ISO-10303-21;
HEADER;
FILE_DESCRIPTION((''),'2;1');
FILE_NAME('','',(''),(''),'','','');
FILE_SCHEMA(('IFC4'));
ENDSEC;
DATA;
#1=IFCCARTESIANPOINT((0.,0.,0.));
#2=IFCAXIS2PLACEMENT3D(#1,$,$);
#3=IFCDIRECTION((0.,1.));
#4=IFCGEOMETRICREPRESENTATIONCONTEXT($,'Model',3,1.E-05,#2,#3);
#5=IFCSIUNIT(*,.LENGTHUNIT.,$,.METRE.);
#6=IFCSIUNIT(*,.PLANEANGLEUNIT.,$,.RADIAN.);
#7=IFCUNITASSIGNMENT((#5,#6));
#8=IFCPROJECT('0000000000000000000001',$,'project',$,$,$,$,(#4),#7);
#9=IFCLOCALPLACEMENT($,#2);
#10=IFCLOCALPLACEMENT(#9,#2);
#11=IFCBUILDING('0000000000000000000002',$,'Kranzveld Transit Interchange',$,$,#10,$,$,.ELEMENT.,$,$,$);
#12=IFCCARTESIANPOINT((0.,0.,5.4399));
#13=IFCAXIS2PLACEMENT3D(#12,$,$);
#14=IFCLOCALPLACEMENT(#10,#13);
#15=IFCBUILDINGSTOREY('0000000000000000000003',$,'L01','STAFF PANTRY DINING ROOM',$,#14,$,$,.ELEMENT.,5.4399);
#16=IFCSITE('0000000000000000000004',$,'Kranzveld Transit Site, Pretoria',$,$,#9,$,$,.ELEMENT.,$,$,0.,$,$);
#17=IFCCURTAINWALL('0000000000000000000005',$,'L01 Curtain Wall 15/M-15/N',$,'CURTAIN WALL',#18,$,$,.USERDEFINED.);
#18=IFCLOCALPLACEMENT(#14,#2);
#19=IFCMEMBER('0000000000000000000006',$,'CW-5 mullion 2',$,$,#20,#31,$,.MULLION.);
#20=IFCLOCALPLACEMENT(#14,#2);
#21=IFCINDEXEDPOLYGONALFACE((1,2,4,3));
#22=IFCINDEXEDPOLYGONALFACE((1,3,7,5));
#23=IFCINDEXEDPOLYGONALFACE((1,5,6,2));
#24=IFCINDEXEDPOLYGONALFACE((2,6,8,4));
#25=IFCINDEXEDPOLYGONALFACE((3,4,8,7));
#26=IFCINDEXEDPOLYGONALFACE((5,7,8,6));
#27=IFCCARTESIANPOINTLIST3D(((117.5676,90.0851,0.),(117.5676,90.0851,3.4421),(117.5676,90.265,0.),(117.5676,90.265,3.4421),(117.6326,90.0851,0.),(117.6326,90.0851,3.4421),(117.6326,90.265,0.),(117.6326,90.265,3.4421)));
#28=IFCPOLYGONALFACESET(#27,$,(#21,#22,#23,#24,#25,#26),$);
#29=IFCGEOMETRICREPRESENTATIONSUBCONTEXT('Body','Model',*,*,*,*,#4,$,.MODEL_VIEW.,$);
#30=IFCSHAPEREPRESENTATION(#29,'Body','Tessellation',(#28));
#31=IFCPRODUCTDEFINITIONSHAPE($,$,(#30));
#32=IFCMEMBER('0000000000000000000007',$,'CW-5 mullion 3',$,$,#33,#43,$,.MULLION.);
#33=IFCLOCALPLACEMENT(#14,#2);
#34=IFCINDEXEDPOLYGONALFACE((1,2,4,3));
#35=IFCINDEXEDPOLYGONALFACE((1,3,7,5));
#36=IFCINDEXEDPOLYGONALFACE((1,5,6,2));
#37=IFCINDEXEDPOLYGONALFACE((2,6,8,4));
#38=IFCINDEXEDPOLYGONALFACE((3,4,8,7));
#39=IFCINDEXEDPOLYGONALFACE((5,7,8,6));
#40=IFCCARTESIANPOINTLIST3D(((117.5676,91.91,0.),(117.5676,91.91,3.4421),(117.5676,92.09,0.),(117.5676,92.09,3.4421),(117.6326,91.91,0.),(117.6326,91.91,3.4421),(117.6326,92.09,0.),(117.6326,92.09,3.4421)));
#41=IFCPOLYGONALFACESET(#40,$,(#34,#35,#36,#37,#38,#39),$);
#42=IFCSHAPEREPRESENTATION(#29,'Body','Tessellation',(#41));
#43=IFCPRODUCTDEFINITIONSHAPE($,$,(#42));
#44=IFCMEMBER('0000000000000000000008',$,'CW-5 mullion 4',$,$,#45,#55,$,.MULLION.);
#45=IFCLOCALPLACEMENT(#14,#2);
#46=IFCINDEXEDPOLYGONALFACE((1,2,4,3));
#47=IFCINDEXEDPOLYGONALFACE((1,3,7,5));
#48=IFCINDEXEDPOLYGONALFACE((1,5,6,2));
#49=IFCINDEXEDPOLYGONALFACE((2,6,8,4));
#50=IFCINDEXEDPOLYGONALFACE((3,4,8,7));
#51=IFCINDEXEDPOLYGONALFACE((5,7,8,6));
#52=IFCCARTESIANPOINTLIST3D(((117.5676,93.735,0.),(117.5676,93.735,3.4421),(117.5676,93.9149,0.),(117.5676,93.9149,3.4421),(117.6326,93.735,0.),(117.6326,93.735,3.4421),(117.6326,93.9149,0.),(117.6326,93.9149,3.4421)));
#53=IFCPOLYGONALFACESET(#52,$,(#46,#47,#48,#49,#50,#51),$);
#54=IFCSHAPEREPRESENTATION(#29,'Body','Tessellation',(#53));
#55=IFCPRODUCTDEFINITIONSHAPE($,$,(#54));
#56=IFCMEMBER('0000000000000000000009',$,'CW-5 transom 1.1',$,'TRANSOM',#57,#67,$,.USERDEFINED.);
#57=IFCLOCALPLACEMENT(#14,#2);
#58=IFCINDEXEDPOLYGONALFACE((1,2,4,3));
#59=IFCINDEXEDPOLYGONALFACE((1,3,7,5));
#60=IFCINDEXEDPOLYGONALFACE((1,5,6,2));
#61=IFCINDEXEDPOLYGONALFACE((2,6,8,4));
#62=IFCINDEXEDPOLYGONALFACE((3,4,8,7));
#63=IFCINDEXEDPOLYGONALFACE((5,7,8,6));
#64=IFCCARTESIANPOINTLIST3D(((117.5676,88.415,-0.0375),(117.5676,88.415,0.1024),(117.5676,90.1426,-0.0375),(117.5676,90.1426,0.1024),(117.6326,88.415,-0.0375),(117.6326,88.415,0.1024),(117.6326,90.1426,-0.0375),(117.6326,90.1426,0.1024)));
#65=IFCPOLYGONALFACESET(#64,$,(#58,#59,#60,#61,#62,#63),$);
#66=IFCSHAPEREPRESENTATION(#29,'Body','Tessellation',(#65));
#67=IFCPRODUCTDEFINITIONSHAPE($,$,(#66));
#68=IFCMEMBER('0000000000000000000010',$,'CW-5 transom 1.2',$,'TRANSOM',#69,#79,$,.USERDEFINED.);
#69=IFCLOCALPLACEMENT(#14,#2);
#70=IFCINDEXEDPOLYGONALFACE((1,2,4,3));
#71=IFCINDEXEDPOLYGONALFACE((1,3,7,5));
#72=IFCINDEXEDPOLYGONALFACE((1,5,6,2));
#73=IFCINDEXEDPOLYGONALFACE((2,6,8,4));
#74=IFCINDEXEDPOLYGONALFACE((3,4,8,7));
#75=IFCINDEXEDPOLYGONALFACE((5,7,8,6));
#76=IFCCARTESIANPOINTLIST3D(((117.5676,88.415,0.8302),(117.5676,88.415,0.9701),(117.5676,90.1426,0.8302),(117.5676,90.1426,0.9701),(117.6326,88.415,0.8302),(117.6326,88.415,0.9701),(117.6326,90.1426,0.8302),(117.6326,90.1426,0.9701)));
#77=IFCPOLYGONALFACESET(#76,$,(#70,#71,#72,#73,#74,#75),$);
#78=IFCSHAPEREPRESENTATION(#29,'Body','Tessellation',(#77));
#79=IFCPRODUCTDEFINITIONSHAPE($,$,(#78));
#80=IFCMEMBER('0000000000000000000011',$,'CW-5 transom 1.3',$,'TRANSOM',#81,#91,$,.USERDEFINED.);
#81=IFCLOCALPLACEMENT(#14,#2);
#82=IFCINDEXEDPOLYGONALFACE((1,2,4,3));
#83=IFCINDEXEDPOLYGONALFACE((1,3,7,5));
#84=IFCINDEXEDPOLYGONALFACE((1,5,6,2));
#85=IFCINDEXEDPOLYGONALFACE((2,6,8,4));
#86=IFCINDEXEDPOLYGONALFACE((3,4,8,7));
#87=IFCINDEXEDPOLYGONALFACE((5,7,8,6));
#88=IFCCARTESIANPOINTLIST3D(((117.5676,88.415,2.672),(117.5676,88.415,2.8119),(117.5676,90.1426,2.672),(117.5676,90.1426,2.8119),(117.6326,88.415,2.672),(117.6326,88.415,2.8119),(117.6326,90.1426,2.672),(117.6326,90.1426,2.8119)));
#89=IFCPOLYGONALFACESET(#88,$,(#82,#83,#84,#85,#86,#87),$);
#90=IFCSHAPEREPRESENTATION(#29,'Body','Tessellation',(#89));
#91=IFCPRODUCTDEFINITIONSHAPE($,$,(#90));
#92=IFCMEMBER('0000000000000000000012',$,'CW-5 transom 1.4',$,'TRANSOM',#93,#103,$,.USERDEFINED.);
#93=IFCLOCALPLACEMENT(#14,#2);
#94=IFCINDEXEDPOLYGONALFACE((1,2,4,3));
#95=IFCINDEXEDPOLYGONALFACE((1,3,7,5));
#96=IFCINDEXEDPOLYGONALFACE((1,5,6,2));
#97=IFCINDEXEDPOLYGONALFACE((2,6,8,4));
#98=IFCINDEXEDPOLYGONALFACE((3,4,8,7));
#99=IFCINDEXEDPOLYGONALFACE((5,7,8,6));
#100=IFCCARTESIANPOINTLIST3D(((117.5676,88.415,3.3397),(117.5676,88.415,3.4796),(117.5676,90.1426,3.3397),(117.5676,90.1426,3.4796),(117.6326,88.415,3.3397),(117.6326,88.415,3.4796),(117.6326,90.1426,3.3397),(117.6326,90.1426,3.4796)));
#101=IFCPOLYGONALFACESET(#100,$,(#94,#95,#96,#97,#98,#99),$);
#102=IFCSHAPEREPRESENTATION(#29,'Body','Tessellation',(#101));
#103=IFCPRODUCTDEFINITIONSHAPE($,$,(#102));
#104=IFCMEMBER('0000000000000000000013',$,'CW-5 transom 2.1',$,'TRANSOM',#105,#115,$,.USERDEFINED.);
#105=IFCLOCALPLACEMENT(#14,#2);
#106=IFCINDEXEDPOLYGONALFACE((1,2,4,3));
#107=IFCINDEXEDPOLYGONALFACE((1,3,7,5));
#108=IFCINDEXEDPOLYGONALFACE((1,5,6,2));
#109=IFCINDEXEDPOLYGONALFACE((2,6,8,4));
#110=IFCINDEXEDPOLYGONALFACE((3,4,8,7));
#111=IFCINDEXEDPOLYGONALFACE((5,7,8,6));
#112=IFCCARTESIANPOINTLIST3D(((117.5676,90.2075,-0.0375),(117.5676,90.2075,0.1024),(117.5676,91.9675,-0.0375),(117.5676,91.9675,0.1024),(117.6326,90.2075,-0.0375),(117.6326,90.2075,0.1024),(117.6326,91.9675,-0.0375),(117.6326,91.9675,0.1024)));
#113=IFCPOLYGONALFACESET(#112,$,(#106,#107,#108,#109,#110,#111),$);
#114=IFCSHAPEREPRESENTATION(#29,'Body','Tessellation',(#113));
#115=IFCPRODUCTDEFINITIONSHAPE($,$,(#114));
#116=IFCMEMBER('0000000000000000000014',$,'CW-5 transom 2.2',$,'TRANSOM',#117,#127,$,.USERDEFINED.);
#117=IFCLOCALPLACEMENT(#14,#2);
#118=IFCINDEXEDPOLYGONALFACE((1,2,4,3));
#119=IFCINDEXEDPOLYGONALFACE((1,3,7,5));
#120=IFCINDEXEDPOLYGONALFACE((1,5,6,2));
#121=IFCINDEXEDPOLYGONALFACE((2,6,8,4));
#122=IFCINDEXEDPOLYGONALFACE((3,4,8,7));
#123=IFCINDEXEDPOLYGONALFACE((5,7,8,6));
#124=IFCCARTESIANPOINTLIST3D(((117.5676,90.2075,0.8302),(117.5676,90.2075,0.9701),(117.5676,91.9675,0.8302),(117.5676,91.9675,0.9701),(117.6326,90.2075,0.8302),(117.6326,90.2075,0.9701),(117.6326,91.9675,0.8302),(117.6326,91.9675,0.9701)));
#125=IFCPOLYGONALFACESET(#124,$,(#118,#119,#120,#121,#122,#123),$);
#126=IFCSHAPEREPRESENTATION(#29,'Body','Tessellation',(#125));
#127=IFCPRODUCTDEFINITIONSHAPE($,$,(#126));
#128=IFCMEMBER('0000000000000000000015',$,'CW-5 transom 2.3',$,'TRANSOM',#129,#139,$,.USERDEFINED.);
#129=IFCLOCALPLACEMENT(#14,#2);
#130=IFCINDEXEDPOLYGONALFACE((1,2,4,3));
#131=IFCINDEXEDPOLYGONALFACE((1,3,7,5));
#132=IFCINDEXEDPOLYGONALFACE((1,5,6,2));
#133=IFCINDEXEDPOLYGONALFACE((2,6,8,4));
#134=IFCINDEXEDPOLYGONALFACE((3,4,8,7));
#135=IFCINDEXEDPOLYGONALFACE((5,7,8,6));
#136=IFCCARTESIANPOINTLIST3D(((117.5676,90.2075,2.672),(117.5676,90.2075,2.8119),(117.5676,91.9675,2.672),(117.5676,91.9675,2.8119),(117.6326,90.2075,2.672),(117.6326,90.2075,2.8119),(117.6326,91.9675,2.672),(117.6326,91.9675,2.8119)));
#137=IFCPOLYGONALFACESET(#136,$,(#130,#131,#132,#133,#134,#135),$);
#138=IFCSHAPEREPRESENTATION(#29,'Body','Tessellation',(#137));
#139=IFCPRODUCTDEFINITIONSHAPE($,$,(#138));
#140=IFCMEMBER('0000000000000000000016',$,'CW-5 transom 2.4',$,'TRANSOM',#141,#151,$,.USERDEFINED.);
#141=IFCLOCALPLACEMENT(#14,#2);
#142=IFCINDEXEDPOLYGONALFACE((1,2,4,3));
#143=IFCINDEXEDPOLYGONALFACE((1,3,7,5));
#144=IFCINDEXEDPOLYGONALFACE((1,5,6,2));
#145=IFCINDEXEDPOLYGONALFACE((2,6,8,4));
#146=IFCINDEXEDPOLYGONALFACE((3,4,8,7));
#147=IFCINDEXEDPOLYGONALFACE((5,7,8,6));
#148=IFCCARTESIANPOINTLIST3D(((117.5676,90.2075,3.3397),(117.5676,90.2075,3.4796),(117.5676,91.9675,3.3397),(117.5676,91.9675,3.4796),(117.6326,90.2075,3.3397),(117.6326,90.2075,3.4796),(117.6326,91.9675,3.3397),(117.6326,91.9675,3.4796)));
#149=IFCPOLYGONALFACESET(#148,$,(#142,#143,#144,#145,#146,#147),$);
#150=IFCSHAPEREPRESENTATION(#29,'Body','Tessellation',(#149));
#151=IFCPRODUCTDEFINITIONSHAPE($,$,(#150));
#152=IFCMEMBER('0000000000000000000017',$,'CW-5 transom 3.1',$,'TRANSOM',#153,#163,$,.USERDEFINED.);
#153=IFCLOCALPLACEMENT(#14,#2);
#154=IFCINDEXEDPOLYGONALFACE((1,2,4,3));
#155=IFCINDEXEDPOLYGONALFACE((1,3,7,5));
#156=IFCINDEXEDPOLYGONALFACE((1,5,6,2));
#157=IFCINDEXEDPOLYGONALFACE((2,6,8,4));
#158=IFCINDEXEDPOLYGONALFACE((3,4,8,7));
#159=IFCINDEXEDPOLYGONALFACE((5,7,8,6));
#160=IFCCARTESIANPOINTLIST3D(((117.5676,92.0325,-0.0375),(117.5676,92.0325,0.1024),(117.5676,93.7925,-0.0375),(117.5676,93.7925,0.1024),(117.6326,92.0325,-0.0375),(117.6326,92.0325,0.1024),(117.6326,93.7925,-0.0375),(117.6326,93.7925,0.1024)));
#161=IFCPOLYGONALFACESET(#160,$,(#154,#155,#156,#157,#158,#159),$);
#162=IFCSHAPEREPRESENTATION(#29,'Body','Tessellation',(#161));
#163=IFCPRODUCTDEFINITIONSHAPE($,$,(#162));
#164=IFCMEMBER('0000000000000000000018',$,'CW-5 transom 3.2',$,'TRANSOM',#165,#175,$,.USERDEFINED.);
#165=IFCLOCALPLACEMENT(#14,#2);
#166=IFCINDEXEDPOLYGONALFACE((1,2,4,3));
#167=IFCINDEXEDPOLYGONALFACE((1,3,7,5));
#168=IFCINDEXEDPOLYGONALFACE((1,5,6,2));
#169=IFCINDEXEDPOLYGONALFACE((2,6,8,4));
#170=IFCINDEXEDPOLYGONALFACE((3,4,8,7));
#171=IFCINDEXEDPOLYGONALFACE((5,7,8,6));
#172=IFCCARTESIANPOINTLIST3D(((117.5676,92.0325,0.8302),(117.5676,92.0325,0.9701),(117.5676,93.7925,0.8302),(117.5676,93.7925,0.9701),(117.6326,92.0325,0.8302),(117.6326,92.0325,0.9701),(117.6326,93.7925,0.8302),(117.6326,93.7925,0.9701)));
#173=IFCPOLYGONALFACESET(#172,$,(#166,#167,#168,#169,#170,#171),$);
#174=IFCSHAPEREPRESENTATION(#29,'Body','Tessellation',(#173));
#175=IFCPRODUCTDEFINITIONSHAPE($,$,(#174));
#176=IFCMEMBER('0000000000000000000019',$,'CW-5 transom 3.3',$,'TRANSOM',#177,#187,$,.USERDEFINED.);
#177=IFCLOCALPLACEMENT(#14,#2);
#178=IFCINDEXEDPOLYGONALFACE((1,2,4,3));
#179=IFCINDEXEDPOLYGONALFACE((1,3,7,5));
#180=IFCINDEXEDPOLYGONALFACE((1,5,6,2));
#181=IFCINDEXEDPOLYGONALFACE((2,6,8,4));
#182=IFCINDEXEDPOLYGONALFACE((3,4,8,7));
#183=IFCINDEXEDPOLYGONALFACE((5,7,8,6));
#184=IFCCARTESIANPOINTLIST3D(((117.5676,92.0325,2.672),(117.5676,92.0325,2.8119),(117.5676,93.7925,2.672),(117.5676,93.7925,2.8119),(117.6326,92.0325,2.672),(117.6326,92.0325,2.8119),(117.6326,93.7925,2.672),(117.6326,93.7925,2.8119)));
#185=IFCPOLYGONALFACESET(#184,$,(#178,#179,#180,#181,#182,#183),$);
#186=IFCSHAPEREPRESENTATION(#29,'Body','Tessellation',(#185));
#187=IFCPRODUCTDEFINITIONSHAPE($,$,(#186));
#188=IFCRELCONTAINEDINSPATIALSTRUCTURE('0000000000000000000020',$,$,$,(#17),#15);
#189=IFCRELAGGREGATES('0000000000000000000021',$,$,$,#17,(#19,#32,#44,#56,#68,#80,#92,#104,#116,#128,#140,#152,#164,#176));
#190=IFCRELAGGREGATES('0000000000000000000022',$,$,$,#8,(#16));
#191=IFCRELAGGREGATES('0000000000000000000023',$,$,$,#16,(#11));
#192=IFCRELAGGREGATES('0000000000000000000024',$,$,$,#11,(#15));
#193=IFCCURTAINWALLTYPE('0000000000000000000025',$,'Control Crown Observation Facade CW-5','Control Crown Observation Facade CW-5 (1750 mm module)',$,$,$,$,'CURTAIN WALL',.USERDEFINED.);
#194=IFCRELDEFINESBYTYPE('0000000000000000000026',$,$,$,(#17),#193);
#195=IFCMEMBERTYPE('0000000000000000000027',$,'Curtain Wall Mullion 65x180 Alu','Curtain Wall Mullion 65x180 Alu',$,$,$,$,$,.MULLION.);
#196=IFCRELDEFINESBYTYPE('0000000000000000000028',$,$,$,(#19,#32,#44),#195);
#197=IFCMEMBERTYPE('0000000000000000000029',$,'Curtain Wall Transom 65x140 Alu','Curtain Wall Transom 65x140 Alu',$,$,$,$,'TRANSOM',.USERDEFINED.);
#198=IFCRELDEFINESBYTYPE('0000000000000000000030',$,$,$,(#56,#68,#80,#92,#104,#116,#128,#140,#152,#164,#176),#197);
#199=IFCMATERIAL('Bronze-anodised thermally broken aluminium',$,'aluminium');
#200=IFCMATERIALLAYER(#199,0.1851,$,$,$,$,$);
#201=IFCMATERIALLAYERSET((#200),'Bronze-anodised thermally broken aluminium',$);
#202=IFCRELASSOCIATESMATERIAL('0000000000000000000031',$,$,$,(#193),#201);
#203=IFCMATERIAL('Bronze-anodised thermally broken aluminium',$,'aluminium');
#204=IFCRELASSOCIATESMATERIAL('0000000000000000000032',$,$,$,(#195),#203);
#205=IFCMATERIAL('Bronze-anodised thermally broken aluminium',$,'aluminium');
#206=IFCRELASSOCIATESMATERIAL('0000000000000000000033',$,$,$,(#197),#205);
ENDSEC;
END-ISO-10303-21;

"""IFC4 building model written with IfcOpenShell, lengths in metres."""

from ifc_helpers import new_model, si_unit, direction, frame, origin, origin_2d, place, context, subcontext, project, spatial, rectangle, extrude, material, layer, layer_set, material_profile, profile_set, type_object, element, aggregate, save


model = new_model("IFC4")

# Units and contexts
model_context = context("Model", 3, precision=1e-05, world=origin(), true_north=direction((0.0, 1.0)))
body_context = subcontext(model_context, "Body", "Model", "MODEL_VIEW")
ifc_project = project(units=[si_unit("LENGTHUNIT", "METRE"), si_unit("PLANEANGLEUNIT", "RADIAN")], contexts=[model_context])

# Site, building, storey
site_placement = place(None, origin())
site = spatial("IfcSite", under=ifc_project, at=site_placement, Name="Kranzveld Transit Site, Pretoria", CompositionType="ELEMENT", RefElevation=0.0)
building_placement = place(site_placement, origin())
building = spatial("IfcBuilding", under=site, at=building_placement, Name="Kranzveld Transit Interchange", CompositionType="ELEMENT")
storey_placement = place(building_placement, frame((0.0, 0.0, 5.4399)))
storey = spatial("IfcBuildingStorey", under=building, at=storey_placement, Name="L01", Description="STAFF PANTRY DINING ROOM", CompositionType="ELEMENT", Elevation=5.4399)

# Curtain wall, members
ifc_material_1 = material(Name="Bronze-anodised thermally broken aluminium", Category="aluminium")
ifc_layer_1 = layer(ifc_material_1, 0.1851)
ifc_layer_set_1 = layer_set([ifc_layer_1], Name="Bronze-anodised thermally broken aluminium")
curtain_wall_type = type_object("IfcCurtainWallType", Name="Control Crown Observation Facade CW-5", Description="Control Crown Observation Facade CW-5 (1750 mm module)", ElementType="CURTAIN WALL", PredefinedType="USERDEFINED", material=ifc_layer_set_1)
curtain_wall_placement = place(storey_placement, origin())
curtain_wall = element("IfcCurtainWall", 1, at=curtain_wall_placement, inside=storey, type_object=curtain_wall_type, Name="L01 Curtain Wall 15/M-15/N", ObjectType="CURTAIN WALL", PredefinedType="USERDEFINED")
ifc_material_2 = material(Name="Bronze-anodised thermally broken aluminium", Category="aluminium")
ifc_material_profile_1 = material_profile(ifc_material_2, rectangle(XDim=0.0649, YDim=0.1799, at=origin_2d()), Name="ALU MULLION 65x180")
ifc_profile_set_1 = profile_set([ifc_material_profile_1], Name="Bronze-anodised thermally broken aluminium")
member_type_1 = type_object("IfcMemberType", Name="Curtain Wall Mullion 65x180 Alu", Description="Curtain Wall Mullion 65x180 Alu", PredefinedType="MULLION", material=ifc_profile_set_1)
member_1_placement = place(storey_placement, frame((117.6001, 90.175, 0.0), z_axis=(0.0, 0.0, 1.0), x_axis=(-1.0, 0.0, 0.0)))
member_1 = element("IfcMember", 2, at=member_1_placement, type_object=member_type_1, Name="CW-5 mullion 2", PredefinedType="MULLION", context=body_context, shape_type="SweptSolid", body=[
    extrude(rectangle(XDim=0.0649, YDim=0.1799, at=origin_2d()), origin(), (0.0, 0.0, 1.0), 3.4421),
])
member_2_placement = place(storey_placement, frame((117.6001, 92.0, 0.0), z_axis=(0.0, 0.0, 1.0), x_axis=(-1.0, 0.0, 0.0)))
member_2 = element("IfcMember", 3, at=member_2_placement, type_object=member_type_1, Name="CW-5 mullion 3", PredefinedType="MULLION", context=body_context, shape_type="SweptSolid", body=[
    extrude(rectangle(XDim=0.0649, YDim=0.1799, at=origin_2d()), origin(), (0.0, 0.0, 1.0), 3.4421),
])
member_3_placement = place(storey_placement, frame((117.6001, 93.825, 0.0), z_axis=(0.0, 0.0, 1.0), x_axis=(-1.0, 0.0, 0.0)))
member_3 = element("IfcMember", 4, at=member_3_placement, type_object=member_type_1, Name="CW-5 mullion 4", PredefinedType="MULLION", context=body_context, shape_type="SweptSolid", body=[
    extrude(rectangle(XDim=0.0649, YDim=0.1799, at=origin_2d()), origin(), (0.0, 0.0, 1.0), 3.4421),
])
ifc_material_3 = material(Name="Bronze-anodised thermally broken aluminium", Category="aluminium")
ifc_material_profile_2 = material_profile(ifc_material_3, rectangle(XDim=0.0649, YDim=0.1399, at=origin_2d()), Name="ALU TRANSOM 65x140")
ifc_profile_set_2 = profile_set([ifc_material_profile_2], Name="Bronze-anodised thermally broken aluminium")
member_type_2 = type_object("IfcMemberType", Name="Curtain Wall Transom 65x140 Alu", Description="Curtain Wall Transom 65x140 Alu", ElementType="TRANSOM", PredefinedType="USERDEFINED", material=ifc_profile_set_2)
member_4_placement = place(storey_placement, frame((117.6001, 88.415, 0.0325), z_axis=(0.0, 1.0, 0.0), x_axis=(-1.0, 0.0, 0.0)))
member_4 = element("IfcMember", 5, at=member_4_placement, type_object=member_type_2, Name="CW-5 transom 1.1", ObjectType="TRANSOM", PredefinedType="USERDEFINED", context=body_context, shape_type="SweptSolid", body=[
    extrude(rectangle(XDim=0.0649, YDim=0.1399, at=origin_2d()), origin(), (0.0, 0.0, 1.0), 1.7275),
])
member_5_placement = place(storey_placement, frame((117.6001, 88.415, 0.9001), z_axis=(0.0, 1.0, 0.0), x_axis=(-1.0, 0.0, 0.0)))
member_5 = element("IfcMember", 6, at=member_5_placement, type_object=member_type_2, Name="CW-5 transom 1.2", ObjectType="TRANSOM", PredefinedType="USERDEFINED", context=body_context, shape_type="SweptSolid", body=[
    extrude(rectangle(XDim=0.0649, YDim=0.1399, at=origin_2d()), origin(), (0.0, 0.0, 1.0), 1.7275),
])
member_6_placement = place(storey_placement, frame((117.6001, 88.415, 2.7419), z_axis=(0.0, 1.0, 0.0), x_axis=(-1.0, 0.0, 0.0)))
member_6 = element("IfcMember", 7, at=member_6_placement, type_object=member_type_2, Name="CW-5 transom 1.3", ObjectType="TRANSOM", PredefinedType="USERDEFINED", context=body_context, shape_type="SweptSolid", body=[
    extrude(rectangle(XDim=0.0649, YDim=0.1399, at=origin_2d()), origin(), (0.0, 0.0, 1.0), 1.7275),
])
member_7_placement = place(storey_placement, frame((117.6001, 88.415, 3.4097), z_axis=(0.0, 1.0, 0.0), x_axis=(-1.0, 0.0, 0.0)))
member_7 = element("IfcMember", 8, at=member_7_placement, type_object=member_type_2, Name="CW-5 transom 1.4", ObjectType="TRANSOM", PredefinedType="USERDEFINED", context=body_context, shape_type="SweptSolid", body=[
    extrude(rectangle(XDim=0.0649, YDim=0.1399, at=origin_2d()), origin(), (0.0, 0.0, 1.0), 1.7275),
])
member_8_placement = place(storey_placement, frame((117.6001, 90.2075, 0.0325), z_axis=(0.0, 1.0, 0.0), x_axis=(-1.0, 0.0, 0.0)))
member_8 = element("IfcMember", 9, at=member_8_placement, type_object=member_type_2, Name="CW-5 transom 2.1", ObjectType="TRANSOM", PredefinedType="USERDEFINED", context=body_context, shape_type="SweptSolid", body=[
    extrude(rectangle(XDim=0.0649, YDim=0.1399, at=origin_2d()), origin(), (0.0, 0.0, 1.0), 1.76),
])
member_9_placement = place(storey_placement, frame((117.6001, 90.2075, 0.9001), z_axis=(0.0, 1.0, 0.0), x_axis=(-1.0, 0.0, 0.0)))
member_9 = element("IfcMember", 10, at=member_9_placement, type_object=member_type_2, Name="CW-5 transom 2.2", ObjectType="TRANSOM", PredefinedType="USERDEFINED", context=body_context, shape_type="SweptSolid", body=[
    extrude(rectangle(XDim=0.0649, YDim=0.1399, at=origin_2d()), origin(), (0.0, 0.0, 1.0), 1.76),
])
member_10_placement = place(storey_placement, frame((117.6001, 90.2075, 2.7419), z_axis=(0.0, 1.0, 0.0), x_axis=(-1.0, 0.0, 0.0)))
member_10 = element("IfcMember", 11, at=member_10_placement, type_object=member_type_2, Name="CW-5 transom 2.3", ObjectType="TRANSOM", PredefinedType="USERDEFINED", context=body_context, shape_type="SweptSolid", body=[
    extrude(rectangle(XDim=0.0649, YDim=0.1399, at=origin_2d()), origin(), (0.0, 0.0, 1.0), 1.76),
])
member_11_placement = place(storey_placement, frame((117.6001, 90.2075, 3.4097), z_axis=(0.0, 1.0, 0.0), x_axis=(-1.0, 0.0, 0.0)))
member_11 = element("IfcMember", 12, at=member_11_placement, type_object=member_type_2, Name="CW-5 transom 2.4", ObjectType="TRANSOM", PredefinedType="USERDEFINED", context=body_context, shape_type="SweptSolid", body=[
    extrude(rectangle(XDim=0.0649, YDim=0.1399, at=origin_2d()), origin(), (0.0, 0.0, 1.0), 1.76),
])
member_12_placement = place(storey_placement, frame((117.6001, 92.0325, 0.0325), z_axis=(0.0, 1.0, 0.0), x_axis=(-1.0, 0.0, 0.0)))
member_12 = element("IfcMember", 13, at=member_12_placement, type_object=member_type_2, Name="CW-5 transom 3.1", ObjectType="TRANSOM", PredefinedType="USERDEFINED", context=body_context, shape_type="SweptSolid", body=[
    extrude(rectangle(XDim=0.0649, YDim=0.1399, at=origin_2d()), origin(), (0.0, 0.0, 1.0), 1.76),
])
member_13_placement = place(storey_placement, frame((117.6001, 92.0325, 0.9001), z_axis=(0.0, 1.0, 0.0), x_axis=(-1.0, 0.0, 0.0)))
member_13 = element("IfcMember", 14, at=member_13_placement, type_object=member_type_2, Name="CW-5 transom 3.2", ObjectType="TRANSOM", PredefinedType="USERDEFINED", context=body_context, shape_type="SweptSolid", body=[
    extrude(rectangle(XDim=0.0649, YDim=0.1399, at=origin_2d()), origin(), (0.0, 0.0, 1.0), 1.76),
])
member_14_placement = place(storey_placement, frame((117.6001, 92.0325, 2.7419), z_axis=(0.0, 1.0, 0.0), x_axis=(-1.0, 0.0, 0.0)))
member_14 = element("IfcMember", 15, at=member_14_placement, type_object=member_type_2, Name="CW-5 transom 3.3", ObjectType="TRANSOM", PredefinedType="USERDEFINED", context=body_context, shape_type="SweptSolid", body=[
    extrude(rectangle(XDim=0.0649, YDim=0.1399, at=origin_2d()), origin(), (0.0, 0.0, 1.0), 1.76),
])

aggregate(curtain_wall, [member_1, member_2, member_3, member_4, member_5, member_6, member_7, member_8, member_9, member_10, member_11, member_12, member_13, member_14])

save(model, "model.ifc")
